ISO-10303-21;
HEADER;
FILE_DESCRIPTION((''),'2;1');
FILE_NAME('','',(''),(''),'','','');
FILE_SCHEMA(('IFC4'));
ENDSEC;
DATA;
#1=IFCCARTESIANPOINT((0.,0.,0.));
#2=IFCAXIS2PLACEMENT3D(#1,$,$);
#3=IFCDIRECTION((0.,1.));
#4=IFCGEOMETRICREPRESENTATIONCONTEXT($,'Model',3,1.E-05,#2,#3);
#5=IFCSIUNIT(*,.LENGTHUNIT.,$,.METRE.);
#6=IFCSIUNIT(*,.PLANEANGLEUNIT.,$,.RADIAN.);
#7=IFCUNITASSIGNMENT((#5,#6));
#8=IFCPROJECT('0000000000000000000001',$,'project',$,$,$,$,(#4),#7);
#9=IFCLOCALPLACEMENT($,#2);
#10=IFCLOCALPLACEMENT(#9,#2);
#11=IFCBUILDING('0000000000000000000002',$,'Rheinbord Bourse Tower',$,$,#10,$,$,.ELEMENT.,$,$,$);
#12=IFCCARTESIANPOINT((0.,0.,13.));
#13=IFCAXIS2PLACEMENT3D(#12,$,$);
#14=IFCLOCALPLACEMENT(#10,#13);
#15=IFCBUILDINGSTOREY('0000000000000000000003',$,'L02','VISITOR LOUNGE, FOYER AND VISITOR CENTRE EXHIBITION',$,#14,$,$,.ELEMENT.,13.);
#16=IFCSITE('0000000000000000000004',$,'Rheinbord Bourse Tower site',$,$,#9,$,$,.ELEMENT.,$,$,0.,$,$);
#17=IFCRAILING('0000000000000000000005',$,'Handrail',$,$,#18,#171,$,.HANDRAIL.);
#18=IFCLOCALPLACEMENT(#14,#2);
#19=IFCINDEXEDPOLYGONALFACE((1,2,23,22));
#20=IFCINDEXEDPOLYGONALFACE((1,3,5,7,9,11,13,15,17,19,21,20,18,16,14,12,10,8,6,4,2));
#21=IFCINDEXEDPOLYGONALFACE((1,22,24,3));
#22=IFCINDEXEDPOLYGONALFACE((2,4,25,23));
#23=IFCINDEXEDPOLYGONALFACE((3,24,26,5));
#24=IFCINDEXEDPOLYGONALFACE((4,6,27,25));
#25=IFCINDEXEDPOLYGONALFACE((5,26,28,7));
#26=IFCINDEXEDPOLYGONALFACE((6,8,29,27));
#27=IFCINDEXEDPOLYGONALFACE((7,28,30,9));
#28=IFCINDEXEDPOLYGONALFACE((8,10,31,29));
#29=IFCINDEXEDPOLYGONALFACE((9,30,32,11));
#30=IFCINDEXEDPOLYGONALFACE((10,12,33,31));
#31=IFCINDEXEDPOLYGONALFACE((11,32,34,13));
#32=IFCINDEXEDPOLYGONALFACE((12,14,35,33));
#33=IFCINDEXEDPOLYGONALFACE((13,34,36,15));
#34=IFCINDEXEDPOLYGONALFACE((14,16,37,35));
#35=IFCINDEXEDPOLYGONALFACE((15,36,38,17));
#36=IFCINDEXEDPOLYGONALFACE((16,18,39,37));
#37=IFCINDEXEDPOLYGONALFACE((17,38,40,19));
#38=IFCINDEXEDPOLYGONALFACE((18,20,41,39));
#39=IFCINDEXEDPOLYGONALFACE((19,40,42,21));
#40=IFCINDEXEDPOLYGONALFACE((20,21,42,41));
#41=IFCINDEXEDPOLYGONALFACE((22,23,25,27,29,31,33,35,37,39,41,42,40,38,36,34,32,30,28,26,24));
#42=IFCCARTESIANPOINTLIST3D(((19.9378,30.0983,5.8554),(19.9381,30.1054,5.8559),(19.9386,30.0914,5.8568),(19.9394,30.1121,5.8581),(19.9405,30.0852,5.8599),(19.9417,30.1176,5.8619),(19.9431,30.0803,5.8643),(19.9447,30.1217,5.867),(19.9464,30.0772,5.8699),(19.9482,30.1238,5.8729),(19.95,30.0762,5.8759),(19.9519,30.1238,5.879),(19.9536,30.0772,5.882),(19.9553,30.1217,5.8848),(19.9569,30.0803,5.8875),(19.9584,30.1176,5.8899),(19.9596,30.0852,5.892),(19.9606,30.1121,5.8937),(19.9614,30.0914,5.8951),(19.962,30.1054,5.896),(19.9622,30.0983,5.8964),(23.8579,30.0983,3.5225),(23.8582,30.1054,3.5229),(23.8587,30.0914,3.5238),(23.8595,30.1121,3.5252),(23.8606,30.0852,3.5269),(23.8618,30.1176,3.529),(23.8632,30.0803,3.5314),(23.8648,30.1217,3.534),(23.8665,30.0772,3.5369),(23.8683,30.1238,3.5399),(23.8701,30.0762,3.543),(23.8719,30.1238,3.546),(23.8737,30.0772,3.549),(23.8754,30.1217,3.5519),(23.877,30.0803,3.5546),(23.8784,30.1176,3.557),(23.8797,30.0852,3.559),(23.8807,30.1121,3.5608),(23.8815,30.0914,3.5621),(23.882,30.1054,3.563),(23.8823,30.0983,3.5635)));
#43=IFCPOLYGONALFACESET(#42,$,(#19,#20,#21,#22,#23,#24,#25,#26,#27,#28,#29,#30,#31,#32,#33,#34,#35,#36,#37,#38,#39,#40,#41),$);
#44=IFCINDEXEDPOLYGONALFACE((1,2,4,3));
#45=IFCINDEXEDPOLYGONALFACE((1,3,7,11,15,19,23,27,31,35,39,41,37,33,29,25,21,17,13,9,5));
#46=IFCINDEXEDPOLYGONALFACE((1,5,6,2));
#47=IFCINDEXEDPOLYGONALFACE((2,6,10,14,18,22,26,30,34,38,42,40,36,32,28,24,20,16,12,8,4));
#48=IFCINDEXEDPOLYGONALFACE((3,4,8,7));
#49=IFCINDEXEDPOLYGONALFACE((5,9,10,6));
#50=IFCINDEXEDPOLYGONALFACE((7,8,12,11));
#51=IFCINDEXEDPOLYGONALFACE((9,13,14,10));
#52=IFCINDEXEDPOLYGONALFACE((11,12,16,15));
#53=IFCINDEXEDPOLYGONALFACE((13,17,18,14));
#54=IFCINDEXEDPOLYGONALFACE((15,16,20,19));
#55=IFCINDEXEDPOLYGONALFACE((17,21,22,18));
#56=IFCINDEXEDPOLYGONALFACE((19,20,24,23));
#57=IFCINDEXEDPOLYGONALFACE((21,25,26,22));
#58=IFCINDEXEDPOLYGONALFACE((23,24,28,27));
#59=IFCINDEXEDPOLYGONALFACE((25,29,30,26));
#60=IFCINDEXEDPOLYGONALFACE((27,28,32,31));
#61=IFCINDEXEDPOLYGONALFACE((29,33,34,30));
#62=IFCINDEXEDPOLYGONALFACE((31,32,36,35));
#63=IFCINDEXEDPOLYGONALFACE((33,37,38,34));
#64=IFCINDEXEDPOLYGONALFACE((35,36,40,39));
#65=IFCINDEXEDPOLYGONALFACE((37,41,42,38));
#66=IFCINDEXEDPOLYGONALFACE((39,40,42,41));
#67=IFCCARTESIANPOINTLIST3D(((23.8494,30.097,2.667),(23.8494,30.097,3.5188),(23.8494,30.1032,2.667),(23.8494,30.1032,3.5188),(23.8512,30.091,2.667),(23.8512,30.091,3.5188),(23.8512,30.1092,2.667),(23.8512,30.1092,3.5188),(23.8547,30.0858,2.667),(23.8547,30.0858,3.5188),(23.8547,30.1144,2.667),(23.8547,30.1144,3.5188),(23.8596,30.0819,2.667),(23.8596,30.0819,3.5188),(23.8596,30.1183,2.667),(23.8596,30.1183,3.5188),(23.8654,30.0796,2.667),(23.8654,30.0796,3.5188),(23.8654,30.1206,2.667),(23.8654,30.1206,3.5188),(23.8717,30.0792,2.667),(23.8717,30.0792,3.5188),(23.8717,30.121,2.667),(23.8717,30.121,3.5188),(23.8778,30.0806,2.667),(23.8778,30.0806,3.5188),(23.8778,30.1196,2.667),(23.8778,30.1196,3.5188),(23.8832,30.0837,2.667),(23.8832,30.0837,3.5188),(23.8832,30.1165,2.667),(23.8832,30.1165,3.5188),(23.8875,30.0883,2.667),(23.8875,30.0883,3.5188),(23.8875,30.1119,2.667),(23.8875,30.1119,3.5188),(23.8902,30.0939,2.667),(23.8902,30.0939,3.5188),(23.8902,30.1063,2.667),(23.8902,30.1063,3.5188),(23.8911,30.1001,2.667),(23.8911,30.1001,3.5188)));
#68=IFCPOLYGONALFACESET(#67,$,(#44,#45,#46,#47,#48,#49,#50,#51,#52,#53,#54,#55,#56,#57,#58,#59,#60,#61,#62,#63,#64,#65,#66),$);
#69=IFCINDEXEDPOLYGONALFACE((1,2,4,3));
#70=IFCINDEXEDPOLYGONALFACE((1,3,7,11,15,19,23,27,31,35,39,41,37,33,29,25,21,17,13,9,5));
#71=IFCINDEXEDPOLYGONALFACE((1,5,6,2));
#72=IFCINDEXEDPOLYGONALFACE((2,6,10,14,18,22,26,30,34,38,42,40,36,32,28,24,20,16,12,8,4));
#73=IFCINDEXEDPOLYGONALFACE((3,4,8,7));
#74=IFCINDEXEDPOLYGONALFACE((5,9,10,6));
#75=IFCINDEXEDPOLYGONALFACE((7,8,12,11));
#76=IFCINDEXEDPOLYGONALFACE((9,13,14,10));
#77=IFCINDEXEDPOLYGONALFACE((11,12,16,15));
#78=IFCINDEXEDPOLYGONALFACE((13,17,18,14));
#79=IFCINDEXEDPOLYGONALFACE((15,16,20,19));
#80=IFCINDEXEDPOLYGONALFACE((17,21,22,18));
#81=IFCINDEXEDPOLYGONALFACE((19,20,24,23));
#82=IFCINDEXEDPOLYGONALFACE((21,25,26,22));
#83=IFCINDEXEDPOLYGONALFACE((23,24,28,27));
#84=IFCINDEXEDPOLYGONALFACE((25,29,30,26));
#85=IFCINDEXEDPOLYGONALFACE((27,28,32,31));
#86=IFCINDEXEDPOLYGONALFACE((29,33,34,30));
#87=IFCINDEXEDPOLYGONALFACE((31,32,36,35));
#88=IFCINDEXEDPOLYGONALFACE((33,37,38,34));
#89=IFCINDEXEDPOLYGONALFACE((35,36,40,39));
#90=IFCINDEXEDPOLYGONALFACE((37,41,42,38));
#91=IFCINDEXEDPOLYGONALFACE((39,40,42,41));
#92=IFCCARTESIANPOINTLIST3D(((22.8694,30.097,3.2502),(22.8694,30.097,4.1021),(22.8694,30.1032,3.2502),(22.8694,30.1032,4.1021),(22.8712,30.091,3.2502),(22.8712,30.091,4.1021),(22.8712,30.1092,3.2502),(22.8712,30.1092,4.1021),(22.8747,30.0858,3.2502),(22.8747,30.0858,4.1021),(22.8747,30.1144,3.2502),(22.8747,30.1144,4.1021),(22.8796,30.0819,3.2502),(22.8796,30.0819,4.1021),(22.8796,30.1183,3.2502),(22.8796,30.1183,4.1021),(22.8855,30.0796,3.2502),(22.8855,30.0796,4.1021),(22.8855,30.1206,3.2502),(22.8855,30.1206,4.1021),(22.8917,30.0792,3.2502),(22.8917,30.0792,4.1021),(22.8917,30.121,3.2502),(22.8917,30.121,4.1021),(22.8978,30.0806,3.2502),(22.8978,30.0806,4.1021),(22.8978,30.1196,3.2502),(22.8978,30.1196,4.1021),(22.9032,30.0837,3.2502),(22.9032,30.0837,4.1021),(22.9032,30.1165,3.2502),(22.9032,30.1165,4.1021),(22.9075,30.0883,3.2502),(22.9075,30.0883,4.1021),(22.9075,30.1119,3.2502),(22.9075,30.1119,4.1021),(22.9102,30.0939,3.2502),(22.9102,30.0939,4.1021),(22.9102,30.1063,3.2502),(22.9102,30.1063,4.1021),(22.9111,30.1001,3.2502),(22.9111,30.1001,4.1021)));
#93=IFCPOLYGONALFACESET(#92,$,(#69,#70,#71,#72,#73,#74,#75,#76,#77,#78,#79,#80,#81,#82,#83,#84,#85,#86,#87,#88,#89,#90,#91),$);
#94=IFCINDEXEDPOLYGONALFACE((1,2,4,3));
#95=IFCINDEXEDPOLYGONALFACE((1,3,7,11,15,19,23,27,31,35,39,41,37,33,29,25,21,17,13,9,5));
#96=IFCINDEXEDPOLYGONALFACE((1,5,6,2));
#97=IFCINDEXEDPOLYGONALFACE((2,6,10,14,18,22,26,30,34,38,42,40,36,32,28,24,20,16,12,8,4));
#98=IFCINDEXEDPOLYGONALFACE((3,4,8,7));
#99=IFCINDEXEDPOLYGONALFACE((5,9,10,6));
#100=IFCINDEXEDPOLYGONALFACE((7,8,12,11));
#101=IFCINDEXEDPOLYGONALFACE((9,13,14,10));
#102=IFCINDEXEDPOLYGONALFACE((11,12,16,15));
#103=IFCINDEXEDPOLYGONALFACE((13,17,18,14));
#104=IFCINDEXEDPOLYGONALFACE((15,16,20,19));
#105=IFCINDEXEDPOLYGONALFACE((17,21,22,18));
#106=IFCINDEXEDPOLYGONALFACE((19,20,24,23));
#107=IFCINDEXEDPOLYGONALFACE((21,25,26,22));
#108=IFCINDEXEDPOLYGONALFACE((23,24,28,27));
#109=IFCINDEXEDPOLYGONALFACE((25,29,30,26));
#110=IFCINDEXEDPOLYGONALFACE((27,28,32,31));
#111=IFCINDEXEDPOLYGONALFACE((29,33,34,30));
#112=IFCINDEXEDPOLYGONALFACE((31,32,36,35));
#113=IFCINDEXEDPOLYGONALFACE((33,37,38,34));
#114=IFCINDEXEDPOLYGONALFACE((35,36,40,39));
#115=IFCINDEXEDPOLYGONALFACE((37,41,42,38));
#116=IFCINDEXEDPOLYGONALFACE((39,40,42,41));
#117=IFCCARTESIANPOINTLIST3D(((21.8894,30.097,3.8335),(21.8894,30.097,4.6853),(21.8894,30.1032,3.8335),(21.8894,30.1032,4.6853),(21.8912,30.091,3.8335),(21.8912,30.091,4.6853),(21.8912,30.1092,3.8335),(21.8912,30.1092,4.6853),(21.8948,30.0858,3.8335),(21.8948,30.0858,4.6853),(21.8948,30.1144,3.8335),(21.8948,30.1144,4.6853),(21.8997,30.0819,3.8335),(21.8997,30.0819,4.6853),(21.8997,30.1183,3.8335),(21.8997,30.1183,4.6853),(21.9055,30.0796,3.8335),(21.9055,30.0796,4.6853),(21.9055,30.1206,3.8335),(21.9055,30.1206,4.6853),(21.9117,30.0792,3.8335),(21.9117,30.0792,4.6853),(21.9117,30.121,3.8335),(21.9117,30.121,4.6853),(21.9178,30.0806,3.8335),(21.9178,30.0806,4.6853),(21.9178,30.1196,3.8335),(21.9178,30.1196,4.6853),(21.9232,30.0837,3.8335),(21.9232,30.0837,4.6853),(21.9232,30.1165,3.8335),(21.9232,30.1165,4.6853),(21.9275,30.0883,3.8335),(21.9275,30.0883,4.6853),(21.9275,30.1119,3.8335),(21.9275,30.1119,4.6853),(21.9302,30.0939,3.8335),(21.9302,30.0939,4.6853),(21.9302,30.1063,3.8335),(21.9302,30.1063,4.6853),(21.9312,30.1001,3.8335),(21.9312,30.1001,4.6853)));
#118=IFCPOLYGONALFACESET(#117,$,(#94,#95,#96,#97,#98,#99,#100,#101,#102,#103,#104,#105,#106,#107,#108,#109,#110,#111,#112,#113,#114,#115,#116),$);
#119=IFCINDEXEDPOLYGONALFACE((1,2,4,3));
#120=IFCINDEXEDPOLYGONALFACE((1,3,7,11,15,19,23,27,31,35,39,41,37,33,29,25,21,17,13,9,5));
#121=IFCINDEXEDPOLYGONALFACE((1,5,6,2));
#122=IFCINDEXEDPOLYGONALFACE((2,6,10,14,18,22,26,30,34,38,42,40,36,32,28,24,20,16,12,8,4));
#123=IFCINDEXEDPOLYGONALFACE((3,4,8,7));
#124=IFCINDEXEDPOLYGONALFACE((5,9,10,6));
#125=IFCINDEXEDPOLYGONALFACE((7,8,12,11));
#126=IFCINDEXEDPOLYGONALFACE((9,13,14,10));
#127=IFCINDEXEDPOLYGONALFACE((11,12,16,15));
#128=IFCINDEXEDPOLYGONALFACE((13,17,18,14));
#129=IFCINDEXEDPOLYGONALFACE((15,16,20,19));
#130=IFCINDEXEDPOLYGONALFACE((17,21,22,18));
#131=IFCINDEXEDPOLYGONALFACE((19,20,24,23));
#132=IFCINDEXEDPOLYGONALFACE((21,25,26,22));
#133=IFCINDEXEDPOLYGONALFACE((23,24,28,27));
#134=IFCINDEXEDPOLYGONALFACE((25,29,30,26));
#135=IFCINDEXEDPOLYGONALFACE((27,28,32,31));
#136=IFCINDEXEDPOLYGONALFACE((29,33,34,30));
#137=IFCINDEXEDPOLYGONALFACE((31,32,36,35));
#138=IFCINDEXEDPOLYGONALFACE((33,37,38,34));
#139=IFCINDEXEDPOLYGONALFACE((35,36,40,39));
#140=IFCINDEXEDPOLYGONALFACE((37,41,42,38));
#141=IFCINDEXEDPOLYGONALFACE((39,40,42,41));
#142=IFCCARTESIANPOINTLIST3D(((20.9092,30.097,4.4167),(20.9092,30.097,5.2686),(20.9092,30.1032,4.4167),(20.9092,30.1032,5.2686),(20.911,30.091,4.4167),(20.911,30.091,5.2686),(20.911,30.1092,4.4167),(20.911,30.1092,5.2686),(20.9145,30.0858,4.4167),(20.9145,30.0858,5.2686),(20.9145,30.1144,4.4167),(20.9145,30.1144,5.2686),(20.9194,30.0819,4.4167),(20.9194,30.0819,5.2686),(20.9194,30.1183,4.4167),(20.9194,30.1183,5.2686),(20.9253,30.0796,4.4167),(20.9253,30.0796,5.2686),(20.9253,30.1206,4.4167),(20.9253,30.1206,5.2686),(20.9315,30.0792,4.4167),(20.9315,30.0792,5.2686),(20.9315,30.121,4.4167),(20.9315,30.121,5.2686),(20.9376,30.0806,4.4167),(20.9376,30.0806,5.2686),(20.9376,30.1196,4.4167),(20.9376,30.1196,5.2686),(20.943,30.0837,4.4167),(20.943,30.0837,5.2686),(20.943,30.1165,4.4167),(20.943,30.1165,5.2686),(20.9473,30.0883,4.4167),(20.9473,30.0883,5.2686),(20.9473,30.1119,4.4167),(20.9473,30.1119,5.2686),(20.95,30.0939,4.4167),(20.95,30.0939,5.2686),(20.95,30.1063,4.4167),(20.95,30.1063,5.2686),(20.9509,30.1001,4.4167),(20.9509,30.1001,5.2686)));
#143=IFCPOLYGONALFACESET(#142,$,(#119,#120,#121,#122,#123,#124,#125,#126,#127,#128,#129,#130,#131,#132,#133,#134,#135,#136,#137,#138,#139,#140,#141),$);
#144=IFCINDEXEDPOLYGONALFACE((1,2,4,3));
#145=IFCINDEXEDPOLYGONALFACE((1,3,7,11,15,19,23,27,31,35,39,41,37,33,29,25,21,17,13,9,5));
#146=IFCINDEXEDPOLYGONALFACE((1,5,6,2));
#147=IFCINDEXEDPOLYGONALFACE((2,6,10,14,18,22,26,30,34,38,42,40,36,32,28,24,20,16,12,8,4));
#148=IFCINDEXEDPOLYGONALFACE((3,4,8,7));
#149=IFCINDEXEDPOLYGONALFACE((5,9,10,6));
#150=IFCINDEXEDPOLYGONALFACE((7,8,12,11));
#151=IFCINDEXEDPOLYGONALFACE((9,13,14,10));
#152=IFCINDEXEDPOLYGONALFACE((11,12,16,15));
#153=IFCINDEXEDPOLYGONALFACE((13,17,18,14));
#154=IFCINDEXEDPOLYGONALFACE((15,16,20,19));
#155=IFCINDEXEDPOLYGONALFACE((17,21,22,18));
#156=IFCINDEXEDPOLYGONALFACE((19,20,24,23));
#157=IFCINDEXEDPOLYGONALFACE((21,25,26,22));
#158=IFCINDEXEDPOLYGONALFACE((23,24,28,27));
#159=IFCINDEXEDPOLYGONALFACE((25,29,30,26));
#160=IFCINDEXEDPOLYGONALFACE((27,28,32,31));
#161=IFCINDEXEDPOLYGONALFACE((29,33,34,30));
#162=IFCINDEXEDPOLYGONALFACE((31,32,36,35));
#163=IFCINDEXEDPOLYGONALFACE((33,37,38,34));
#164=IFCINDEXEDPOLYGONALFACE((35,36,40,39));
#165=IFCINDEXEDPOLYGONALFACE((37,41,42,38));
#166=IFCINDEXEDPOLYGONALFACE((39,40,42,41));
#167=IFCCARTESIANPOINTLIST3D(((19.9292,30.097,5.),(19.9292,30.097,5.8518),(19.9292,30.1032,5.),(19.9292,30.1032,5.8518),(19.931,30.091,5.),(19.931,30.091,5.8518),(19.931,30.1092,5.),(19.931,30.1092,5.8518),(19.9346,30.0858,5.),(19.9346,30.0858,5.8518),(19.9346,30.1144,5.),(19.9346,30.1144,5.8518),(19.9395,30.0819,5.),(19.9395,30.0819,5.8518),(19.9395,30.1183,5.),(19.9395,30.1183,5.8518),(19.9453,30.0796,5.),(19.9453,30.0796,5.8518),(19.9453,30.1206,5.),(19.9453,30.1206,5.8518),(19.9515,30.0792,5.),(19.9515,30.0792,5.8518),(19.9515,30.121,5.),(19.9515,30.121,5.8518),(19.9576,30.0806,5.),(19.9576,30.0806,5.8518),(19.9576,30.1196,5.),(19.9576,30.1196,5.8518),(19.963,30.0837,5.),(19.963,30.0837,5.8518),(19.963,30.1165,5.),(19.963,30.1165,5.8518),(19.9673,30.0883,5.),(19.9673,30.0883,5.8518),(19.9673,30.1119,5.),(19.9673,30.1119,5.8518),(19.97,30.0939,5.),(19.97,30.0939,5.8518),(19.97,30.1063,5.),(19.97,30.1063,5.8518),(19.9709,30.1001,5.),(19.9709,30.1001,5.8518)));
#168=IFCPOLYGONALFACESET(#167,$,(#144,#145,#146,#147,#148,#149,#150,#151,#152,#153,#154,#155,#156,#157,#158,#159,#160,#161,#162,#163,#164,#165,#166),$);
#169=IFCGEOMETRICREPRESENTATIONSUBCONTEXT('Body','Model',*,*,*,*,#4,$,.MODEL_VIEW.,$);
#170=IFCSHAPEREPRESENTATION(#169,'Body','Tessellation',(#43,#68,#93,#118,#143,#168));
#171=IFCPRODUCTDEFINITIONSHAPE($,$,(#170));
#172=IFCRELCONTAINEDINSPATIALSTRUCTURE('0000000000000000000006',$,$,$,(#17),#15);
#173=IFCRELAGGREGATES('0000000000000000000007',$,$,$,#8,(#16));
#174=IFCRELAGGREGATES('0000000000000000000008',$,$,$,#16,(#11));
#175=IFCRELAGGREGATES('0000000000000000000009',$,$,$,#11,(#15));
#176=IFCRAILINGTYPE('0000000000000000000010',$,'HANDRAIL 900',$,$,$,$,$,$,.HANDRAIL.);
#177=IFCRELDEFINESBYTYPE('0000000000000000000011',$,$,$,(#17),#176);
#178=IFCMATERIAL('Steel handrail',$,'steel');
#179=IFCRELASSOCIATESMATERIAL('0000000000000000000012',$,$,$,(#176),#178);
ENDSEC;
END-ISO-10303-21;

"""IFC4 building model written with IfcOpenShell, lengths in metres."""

from ifc_helpers import new_model, si_unit, direction, frame, origin, origin_2d, place, context, subcontext, project, spatial, circle, extrude, material, type_object, element, save


model = new_model("IFC4")

# Units and contexts
model_context = context("Model", 3, precision=1e-05, world=origin(), true_north=direction((0.0, 1.0)))
body_context = subcontext(model_context, "Body", "Model", "MODEL_VIEW")
ifc_project = project(units=[si_unit("LENGTHUNIT", "METRE"), si_unit("PLANEANGLEUNIT", "RADIAN")], contexts=[model_context])

# Site, building, storey
site_placement = place(None, origin())
site = spatial("IfcSite", under=ifc_project, at=site_placement, Name="Rheinbord Bourse Tower site", CompositionType="ELEMENT", RefElevation=0.0)
building_placement = place(site_placement, origin())
building = spatial("IfcBuilding", under=site, at=building_placement, Name="Rheinbord Bourse Tower", CompositionType="ELEMENT")
storey_placement = place(building_placement, frame((0.0, 0.0, 13.0)))
storey = spatial("IfcBuildingStorey", under=building, at=storey_placement, Name="L02", Description="VISITOR LOUNGE, FOYER AND VISITOR CENTRE EXHIBITION", CompositionType="ELEMENT", Elevation=13.0)

# Railing
ifc_material_1 = material(Name="Steel handrail", Category="steel")
railing_type = type_object("IfcRailingType", Name="HANDRAIL 900", PredefinedType="HANDRAIL", material=ifc_material_1)
for number, where, name in (
    (1, (23.8701, 30.1001, 2.667), "Handrail"),
):
    element("IfcRailing", number, at=place(storey_placement, frame(where)), inside=storey, type_object=railing_type, Name=name, PredefinedType="HANDRAIL", context=body_context, shape_type="SweptSolid", body=[
        extrude(circle(Radius=0.0239, at=origin_2d()), frame((0.0, 0.0, 0.876), z_axis=(-0.859334, 0.0, 0.511415), x_axis=(0.0, -1.0, 0.0)), (0.0, 0.0, 1.0), 4.5618),
        extrude(circle(Radius=0.021, at=origin_2d()), origin(), (0.0, 0.0, 1.0), 0.8518),
        extrude(circle(Radius=0.021, at=origin_2d()), frame((-0.98, 0.0, 0.5833)), (0.0, 0.0, 1.0), 0.8518),
        extrude(circle(Radius=0.021, at=origin_2d()), frame((-1.96, 0.0, 1.1665)), (0.0, 0.0, 1.0), 0.8518),
        extrude(circle(Radius=0.021, at=origin_2d()), frame((-2.9402, 0.0, 1.7498)), (0.0, 0.0, 1.0), 0.8518),
        extrude(circle(Radius=0.021, at=origin_2d()), frame((-3.9202, 0.0, 2.333)), (0.0, 0.0, 1.0), 0.8518),
    ])

save(model, "model.ifc")
